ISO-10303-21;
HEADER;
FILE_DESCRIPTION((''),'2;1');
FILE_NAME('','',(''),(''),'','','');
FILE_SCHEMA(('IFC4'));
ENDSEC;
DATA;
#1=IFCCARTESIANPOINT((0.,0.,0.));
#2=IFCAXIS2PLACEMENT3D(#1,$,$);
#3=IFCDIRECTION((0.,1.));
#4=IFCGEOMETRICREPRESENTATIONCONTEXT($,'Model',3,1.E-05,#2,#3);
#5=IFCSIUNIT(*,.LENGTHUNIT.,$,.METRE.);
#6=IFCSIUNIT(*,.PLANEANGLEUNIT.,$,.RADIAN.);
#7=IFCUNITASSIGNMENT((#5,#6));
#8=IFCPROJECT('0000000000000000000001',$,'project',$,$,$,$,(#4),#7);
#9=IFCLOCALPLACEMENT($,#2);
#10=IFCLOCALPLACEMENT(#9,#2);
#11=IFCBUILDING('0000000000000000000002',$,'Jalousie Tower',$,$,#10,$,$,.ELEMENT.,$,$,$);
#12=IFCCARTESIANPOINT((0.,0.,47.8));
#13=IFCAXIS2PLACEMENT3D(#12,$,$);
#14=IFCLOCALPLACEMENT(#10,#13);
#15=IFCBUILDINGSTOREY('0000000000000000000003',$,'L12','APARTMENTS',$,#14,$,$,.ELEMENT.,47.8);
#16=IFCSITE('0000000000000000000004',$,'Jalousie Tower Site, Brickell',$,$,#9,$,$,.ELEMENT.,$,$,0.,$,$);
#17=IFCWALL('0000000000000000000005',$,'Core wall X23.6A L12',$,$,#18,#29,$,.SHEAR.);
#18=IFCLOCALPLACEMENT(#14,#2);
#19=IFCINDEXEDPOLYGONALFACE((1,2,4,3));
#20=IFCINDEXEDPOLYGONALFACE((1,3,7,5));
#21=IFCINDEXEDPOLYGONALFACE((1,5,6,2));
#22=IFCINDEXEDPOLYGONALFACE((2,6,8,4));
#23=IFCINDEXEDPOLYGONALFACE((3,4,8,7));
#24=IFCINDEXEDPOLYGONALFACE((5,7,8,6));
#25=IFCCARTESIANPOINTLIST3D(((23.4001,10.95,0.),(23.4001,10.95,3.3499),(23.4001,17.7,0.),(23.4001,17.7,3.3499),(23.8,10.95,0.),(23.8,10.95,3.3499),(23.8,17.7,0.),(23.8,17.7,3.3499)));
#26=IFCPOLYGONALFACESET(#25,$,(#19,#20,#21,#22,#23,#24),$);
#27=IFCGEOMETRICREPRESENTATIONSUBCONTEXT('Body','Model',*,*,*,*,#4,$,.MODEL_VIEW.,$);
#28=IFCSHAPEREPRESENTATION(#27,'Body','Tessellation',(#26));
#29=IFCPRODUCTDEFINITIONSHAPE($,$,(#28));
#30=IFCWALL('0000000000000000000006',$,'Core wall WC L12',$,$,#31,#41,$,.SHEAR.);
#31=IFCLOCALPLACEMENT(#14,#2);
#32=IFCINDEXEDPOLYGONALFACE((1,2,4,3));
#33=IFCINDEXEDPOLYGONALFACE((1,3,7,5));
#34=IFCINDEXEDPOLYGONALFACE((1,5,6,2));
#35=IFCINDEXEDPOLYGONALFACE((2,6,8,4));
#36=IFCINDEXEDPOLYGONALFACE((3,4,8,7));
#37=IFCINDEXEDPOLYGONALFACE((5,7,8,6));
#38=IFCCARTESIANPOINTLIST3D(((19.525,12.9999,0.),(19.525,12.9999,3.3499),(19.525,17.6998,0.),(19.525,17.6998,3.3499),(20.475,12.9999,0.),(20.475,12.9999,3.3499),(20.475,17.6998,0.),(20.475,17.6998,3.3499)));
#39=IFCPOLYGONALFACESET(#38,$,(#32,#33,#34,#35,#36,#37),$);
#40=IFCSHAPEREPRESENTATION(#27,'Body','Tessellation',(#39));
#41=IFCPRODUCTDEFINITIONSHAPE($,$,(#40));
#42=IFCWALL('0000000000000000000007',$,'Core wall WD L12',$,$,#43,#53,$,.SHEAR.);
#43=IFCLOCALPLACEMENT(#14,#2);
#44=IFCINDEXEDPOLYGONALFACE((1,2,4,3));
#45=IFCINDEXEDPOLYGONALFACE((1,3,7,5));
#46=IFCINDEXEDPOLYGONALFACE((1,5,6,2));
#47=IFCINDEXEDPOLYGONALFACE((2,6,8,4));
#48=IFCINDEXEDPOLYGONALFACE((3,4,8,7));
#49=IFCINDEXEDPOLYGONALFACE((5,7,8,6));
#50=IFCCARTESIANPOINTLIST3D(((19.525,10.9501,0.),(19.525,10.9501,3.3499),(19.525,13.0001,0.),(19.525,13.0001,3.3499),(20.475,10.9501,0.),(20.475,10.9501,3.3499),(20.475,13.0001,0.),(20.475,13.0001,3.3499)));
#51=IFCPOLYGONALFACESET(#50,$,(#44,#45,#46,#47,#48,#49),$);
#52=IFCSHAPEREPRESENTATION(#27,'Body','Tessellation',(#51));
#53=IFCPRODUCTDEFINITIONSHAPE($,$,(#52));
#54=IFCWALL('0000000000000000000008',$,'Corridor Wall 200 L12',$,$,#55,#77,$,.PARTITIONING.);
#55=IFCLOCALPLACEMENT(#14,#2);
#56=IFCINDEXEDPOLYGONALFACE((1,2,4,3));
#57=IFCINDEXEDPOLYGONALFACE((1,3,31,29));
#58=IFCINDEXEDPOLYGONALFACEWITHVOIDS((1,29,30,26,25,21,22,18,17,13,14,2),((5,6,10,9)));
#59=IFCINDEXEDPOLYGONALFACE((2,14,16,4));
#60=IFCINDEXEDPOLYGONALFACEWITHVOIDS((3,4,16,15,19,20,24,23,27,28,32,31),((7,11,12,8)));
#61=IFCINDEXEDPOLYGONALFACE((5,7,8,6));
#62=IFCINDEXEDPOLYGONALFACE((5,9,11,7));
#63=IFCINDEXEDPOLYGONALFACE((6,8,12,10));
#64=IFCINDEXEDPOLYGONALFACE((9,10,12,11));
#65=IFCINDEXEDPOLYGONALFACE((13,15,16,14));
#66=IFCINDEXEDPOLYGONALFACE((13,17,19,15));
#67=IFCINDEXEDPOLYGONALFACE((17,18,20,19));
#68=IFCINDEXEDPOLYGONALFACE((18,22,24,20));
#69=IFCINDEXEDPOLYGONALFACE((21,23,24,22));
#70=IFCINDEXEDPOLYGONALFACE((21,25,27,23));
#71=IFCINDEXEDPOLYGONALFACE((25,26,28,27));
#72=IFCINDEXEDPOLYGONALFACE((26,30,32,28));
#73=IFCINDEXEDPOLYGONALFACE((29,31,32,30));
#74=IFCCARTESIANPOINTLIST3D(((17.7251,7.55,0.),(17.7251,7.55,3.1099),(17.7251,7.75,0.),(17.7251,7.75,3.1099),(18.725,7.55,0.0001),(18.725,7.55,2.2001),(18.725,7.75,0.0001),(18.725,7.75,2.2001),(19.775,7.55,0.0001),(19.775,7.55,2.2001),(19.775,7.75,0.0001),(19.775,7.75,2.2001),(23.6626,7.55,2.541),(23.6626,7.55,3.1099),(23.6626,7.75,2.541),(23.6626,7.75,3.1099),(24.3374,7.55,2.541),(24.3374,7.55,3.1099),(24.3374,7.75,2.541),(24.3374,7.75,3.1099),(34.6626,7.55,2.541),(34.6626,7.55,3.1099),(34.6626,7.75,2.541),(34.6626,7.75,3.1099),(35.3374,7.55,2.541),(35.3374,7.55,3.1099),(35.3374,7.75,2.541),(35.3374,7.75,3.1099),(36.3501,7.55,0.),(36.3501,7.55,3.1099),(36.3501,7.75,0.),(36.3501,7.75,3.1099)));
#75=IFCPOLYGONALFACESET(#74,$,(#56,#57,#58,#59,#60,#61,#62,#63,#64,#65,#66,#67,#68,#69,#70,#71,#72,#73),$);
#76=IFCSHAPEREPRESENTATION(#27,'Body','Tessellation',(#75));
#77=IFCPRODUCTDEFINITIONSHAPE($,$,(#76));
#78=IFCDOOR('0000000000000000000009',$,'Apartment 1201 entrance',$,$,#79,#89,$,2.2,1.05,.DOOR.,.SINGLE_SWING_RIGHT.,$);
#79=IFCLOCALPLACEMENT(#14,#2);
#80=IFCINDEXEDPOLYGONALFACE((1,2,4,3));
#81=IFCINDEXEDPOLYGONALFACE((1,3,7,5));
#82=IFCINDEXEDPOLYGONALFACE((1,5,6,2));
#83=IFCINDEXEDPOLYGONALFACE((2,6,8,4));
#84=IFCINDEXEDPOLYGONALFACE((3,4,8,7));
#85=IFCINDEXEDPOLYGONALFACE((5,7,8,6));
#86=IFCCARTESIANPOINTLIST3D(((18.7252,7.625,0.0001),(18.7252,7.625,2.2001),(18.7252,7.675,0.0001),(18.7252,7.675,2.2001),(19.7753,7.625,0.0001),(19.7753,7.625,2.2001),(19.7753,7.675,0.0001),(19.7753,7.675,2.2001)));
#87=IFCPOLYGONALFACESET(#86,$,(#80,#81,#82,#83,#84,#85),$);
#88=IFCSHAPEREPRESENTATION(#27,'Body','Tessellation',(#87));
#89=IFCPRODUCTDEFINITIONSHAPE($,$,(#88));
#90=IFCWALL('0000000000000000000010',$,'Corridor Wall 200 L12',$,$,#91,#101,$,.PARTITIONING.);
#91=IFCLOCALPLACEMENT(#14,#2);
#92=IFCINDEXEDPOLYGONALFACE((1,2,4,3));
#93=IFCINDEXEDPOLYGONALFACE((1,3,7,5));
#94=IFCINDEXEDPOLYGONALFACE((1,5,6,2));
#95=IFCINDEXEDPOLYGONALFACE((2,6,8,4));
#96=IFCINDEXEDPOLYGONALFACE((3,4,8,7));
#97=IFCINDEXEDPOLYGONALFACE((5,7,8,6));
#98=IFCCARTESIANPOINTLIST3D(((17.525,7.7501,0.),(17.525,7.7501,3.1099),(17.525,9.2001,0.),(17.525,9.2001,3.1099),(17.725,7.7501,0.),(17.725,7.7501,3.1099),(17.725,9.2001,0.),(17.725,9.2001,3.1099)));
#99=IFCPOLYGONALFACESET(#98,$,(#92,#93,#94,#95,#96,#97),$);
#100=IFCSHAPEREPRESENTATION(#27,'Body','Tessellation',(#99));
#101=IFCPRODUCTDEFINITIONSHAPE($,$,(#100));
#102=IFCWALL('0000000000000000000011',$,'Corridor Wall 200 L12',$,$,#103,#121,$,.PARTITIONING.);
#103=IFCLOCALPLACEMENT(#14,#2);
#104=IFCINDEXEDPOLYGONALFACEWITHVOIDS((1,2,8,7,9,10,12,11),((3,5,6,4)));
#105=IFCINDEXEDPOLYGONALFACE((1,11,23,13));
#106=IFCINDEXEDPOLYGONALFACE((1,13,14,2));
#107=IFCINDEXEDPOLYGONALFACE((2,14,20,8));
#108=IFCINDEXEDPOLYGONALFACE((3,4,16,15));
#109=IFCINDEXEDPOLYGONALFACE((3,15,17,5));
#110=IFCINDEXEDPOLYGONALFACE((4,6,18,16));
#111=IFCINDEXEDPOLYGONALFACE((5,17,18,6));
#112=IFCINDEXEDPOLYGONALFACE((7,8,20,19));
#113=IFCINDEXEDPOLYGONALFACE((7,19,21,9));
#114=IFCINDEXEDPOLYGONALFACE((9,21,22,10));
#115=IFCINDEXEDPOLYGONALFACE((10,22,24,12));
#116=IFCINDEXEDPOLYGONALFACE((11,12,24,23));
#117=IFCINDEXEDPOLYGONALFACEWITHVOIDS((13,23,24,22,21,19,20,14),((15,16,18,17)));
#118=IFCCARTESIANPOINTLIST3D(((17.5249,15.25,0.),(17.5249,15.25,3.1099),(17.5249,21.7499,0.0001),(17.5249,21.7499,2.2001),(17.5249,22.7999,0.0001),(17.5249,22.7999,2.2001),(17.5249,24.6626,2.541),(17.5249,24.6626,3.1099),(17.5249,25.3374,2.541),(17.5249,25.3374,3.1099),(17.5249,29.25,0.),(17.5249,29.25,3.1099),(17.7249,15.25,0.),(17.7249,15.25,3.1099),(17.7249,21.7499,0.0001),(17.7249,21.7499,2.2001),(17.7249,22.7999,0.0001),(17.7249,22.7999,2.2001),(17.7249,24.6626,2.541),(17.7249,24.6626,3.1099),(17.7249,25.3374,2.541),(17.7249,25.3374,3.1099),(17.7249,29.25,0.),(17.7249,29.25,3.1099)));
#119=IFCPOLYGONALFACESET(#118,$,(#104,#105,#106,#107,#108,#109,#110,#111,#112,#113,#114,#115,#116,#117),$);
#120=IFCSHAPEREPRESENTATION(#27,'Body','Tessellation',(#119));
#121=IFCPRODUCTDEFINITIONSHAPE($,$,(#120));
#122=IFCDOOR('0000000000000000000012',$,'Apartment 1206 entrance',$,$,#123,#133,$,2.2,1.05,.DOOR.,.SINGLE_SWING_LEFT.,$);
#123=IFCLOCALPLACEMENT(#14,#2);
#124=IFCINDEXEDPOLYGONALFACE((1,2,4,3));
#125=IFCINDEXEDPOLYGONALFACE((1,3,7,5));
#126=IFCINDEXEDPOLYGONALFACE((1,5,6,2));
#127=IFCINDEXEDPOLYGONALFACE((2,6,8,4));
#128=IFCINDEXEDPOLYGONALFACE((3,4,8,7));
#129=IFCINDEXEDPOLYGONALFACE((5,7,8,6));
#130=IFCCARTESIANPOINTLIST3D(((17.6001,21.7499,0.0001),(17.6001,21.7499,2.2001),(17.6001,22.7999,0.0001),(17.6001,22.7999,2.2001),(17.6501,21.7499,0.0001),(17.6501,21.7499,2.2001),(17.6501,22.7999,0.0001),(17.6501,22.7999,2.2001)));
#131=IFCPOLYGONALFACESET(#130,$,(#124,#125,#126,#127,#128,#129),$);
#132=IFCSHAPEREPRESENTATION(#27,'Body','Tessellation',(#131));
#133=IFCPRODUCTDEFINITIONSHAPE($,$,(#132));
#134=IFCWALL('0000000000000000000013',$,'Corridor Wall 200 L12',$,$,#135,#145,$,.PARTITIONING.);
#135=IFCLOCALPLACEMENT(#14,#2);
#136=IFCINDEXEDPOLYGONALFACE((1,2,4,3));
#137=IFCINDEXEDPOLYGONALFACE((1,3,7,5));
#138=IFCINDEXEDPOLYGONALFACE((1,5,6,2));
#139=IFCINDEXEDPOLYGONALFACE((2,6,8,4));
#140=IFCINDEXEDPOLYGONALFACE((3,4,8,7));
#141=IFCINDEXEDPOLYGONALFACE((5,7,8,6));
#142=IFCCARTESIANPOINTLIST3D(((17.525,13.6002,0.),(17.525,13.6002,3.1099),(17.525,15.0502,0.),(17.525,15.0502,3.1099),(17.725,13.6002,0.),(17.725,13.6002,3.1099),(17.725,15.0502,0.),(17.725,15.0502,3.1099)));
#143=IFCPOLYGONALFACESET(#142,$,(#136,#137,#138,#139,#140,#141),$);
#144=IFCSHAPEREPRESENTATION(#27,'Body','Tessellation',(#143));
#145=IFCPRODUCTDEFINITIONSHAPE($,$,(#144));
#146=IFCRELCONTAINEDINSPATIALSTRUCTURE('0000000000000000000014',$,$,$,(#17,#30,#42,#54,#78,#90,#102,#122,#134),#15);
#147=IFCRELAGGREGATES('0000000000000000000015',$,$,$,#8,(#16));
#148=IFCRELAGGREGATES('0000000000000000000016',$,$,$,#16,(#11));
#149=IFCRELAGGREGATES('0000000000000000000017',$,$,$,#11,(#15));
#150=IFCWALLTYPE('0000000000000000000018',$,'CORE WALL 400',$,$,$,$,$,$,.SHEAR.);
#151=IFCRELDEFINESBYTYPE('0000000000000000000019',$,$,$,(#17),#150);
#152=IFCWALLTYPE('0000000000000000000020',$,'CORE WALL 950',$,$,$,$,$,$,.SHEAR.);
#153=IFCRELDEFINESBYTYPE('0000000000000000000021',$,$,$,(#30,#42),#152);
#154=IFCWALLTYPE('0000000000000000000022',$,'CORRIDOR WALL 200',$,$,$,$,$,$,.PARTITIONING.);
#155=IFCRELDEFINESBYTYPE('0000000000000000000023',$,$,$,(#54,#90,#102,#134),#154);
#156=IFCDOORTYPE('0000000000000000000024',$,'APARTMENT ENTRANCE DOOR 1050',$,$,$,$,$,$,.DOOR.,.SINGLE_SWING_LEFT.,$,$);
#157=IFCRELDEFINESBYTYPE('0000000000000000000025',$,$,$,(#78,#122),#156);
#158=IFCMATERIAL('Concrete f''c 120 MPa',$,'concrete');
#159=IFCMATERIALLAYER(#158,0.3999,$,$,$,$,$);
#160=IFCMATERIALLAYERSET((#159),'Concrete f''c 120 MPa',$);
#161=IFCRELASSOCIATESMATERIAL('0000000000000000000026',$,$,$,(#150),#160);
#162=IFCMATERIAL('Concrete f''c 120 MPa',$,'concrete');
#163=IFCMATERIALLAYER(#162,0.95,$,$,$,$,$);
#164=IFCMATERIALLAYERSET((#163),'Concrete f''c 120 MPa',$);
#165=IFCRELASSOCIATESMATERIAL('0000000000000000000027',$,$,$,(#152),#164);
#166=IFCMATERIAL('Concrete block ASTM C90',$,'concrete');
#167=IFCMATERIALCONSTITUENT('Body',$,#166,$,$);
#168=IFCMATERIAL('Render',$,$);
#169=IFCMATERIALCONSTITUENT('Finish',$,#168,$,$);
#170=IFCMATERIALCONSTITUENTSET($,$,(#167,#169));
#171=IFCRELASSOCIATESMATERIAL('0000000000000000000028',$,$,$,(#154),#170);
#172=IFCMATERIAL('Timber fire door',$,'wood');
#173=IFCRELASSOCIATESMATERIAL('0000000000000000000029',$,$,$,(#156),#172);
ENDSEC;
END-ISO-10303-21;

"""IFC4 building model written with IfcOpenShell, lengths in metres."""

from ifc_helpers import new_model, si_unit, direction, frame, frame_2d, origin, place, context, subcontext, project, spatial, polyline, rectangle, outline, extrude, material, layer, layer_set, constituent, constituent_set, type_object, element, fill, save


model = new_model("IFC4")

# Units and contexts
model_context = context("Model", 3, precision=1e-05, world=origin(), true_north=direction((0.0, 1.0)))
body_context = subcontext(model_context, "Body", "Model", "MODEL_VIEW")
ifc_project = project(units=[si_unit("LENGTHUNIT", "METRE"), si_unit("PLANEANGLEUNIT", "RADIAN")], contexts=[model_context])

# Site, building, storey
site_placement = place(None, origin())
site = spatial("IfcSite", under=ifc_project, at=site_placement, Name="Jalousie Tower Site, Brickell", CompositionType="ELEMENT", RefElevation=0.0)
building_placement = place(site_placement, origin())
building = spatial("IfcBuilding", under=site, at=building_placement, Name="Jalousie Tower", CompositionType="ELEMENT")
storey_placement = place(building_placement, frame((0.0, 0.0, 47.8)))
storey = spatial("IfcBuildingStorey", under=building, at=storey_placement, Name="L12", Description="APARTMENTS", CompositionType="ELEMENT", Elevation=47.8)

# Walls
ifc_material_1 = material(Name="Concrete f'c 120 MPa", Category="concrete")
ifc_layer_1 = layer(ifc_material_1, 0.3999)
ifc_layer_set_1 = layer_set([ifc_layer_1], Name="Concrete f'c 120 MPa")
wall_type_1 = type_object("IfcWallType", Name="CORE WALL 400", PredefinedType="SHEAR", material=ifc_layer_set_1)
wall_1_placement = place(storey_placement, frame((23.6001, 10.95, 0.0), z_axis=(0.0, 0.0, 1.0), x_axis=(0.0, 1.0, 0.0)))
element("IfcWall", 1, at=wall_1_placement, inside=storey, type_object=wall_type_1, Name="Core wall X23.6A L12", PredefinedType="SHEAR", context=body_context, shape_type="SweptSolid", body=[
    extrude(rectangle(XDim=6.75, YDim=0.3999, at=frame_2d((3.375, 0.0))), origin(), (0.0, 0.0, 1.0), 3.3499),
])
ifc_material_2 = material(Name="Concrete f'c 120 MPa", Category="concrete")
ifc_layer_2 = layer(ifc_material_2, 0.95)
ifc_layer_set_2 = layer_set([ifc_layer_2], Name="Concrete f'c 120 MPa")
wall_type_2 = type_object("IfcWallType", Name="CORE WALL 950", PredefinedType="SHEAR", material=ifc_layer_set_2)
wall_2_placement = place(storey_placement, frame((20.0, 17.7, 0.0), z_axis=(0.0, 0.0, 1.0), x_axis=(0.0, -1.0, 0.0)))
element("IfcWall", 2, at=wall_2_placement, inside=storey, type_object=wall_type_2, Name="Core wall WC L12", PredefinedType="SHEAR", context=body_context, shape_type="SweptSolid", body=[
    extrude(rectangle(XDim=4.7, YDim=0.95, at=frame_2d((2.3501, 0.0))), origin(), (0.0, 0.0, 1.0), 3.3499),
])
wall_3_placement = place(storey_placement, frame((20.0, 13.0, 0.0), z_axis=(0.0, 0.0, 1.0), x_axis=(0.0, -1.0, 0.0)))
element("IfcWall", 3, at=wall_3_placement, inside=storey, type_object=wall_type_2, Name="Core wall WD L12", PredefinedType="SHEAR", context=body_context, shape_type="SweptSolid", body=[
    extrude(rectangle(XDim=2.05, YDim=0.95, at=frame_2d((1.0249, 0.0))), origin(), (0.0, 0.0, 1.0), 3.3499),
])

# Wall, opening, door
ifc_material_3 = material(Name="Concrete block ASTM C90", Category="concrete")
ifc_constituent_1 = constituent(ifc_material_3, Name="Body")
ifc_material_4 = material(Name="Render")
ifc_constituent_2 = constituent(ifc_material_4, Name="Finish")
ifc_constituent_set_1 = constituent_set(constituents=[ifc_constituent_1, ifc_constituent_2])
wall_type_3 = type_object("IfcWallType", Name="CORRIDOR WALL 200", PredefinedType="PARTITIONING", material=ifc_constituent_set_1)
wall_4_placement = place(storey_placement, frame((17.7251, 7.6499, 0.0), z_axis=(0.0, 0.0, 1.0), x_axis=(1.0, 0.0, 0.0)))
wall_4 = element("IfcWall", 4, at=wall_4_placement, inside=storey, type_object=wall_type_3, Name="Corridor Wall 200 L12", PredefinedType="PARTITIONING", context=body_context, shape_type="SweptSolid", body=[
    extrude(outline(polyline([(0.0, 0.0), (18.625, 0.0), (18.625, 3.1099), (17.6123, 3.1099), (17.6123, 2.541), (16.9375, 2.541), (16.9375, 3.1099), (6.6123, 3.1099), (6.6123, 2.541), (5.9375, 2.541), (5.9375, 3.1099), (0.0, 3.1099), (0.0, 0.0)])), frame((0.0, 0.1001, 0.0), z_axis=(0.0, -1.0, 0.0), x_axis=(1.0, 0.0, 0.0)), (0.0, 0.0, 1.0), 0.2),
])
opening_1_placement = place(wall_4_placement, frame((1.0, 0.0, 0.0)))
opening_1 = element("IfcOpeningElement", 5, at=opening_1_placement, cuts=wall_4, PredefinedType="OPENING", context=body_context, shape_type="SweptSolid", body=[
    extrude(rectangle(XDim=1.05, YDim=2.2, at=frame_2d((0.5249, 1.1001))), frame((0.0, 0.1099, 0.0), z_axis=(0.0, -1.0, 0.0), x_axis=(1.0, 0.0, 0.0)), (0.0, 0.0, 1.0), 0.22),
])
ifc_material_5 = material(Name="Timber fire door", Category="wood")
door_type_1 = type_object("IfcDoorType", Name="APARTMENT ENTRANCE DOOR 1050", OperationType="SINGLE_SWING_LEFT", PredefinedType="DOOR", material=ifc_material_5)
door_1_placement = place(opening_1_placement, frame((1.05, 0.0, 0.0), z_axis=(0.0, 0.0, 1.0), x_axis=(-1.0, 0.0, 0.0)))
door_1 = element("IfcDoor", 6, at=door_1_placement, inside=storey, type_object=door_type_1, Name="Apartment 1201 entrance", OperationType="SINGLE_SWING_RIGHT", OverallHeight=2.2, OverallWidth=1.05, PredefinedType="DOOR", context=body_context, shape_type="SweptSolid", body=[
    extrude(rectangle(XDim=1.05, YDim=2.2, at=frame_2d((0.5249, 1.1001))), frame((0.0, 0.0249, 0.0), z_axis=(0.0, -1.0, 0.0), x_axis=(1.0, 0.0, 0.0)), (0.0, 0.0, 1.0), 0.05),
])
fill(opening_1, door_1)

# Wall
wall_5_placement = place(storey_placement, frame((17.625, 7.75, 0.0), z_axis=(0.0, 0.0, 1.0), x_axis=(0.0, 1.0, 0.0)))
element("IfcWall", 7, at=wall_5_placement, inside=storey, type_object=wall_type_3, Name="Corridor Wall 200 L12", PredefinedType="PARTITIONING", context=body_context, shape_type="SweptSolid", body=[
    extrude(rectangle(XDim=1.45, YDim=0.2, at=frame_2d((0.7251, 0.0))), origin(), (0.0, 0.0, 1.0), 3.1099),
])

# Wall, opening, door
wall_6_placement = place(storey_placement, frame((17.625, 15.25, 0.0), z_axis=(0.0, 0.0, 1.0), x_axis=(0.0, 1.0, 0.0)))
wall_6 = element("IfcWall", 8, at=wall_6_placement, inside=storey, type_object=wall_type_3, Name="Corridor Wall 200 L12", PredefinedType="PARTITIONING", context=body_context, shape_type="SweptSolid", body=[
    extrude(outline(polyline([(0.0, 0.0), (14.0, 0.0), (14.0, 3.1099), (10.0874, 3.1099), (10.0874, 2.541), (9.4126, 2.541), (9.4126, 3.1099), (0.0, 3.1099), (0.0, 0.0)])), frame((0.0, 0.1001, 0.0), z_axis=(0.0, -1.0, 0.0), x_axis=(1.0, 0.0, 0.0)), (0.0, 0.0, 1.0), 0.2),
])
opening_2_placement = place(wall_6_placement, frame((6.5, 0.0, 0.0)))
opening_2 = element("IfcOpeningElement", 9, at=opening_2_placement, cuts=wall_6, PredefinedType="OPENING", context=body_context, shape_type="SweptSolid", body=[
    extrude(rectangle(XDim=1.05, YDim=2.2, at=frame_2d((0.5249, 1.1001))), frame((0.0, 0.1099, 0.0), z_axis=(0.0, -1.0, 0.0), x_axis=(1.0, 0.0, 0.0)), (0.0, 0.0, 1.0), 0.22),
])
door_2_placement = place(opening_2_placement, origin())
door_2 = element("IfcDoor", 10, at=door_2_placement, inside=storey, type_object=door_type_1, Name="Apartment 1206 entrance", OperationType="SINGLE_SWING_LEFT", OverallHeight=2.2, OverallWidth=1.05, PredefinedType="DOOR", context=body_context, shape_type="SweptSolid", body=[
    extrude(rectangle(XDim=1.05, YDim=2.2, at=frame_2d((0.5249, 1.1001))), frame((0.0, 0.0249, 0.0), z_axis=(0.0, -1.0, 0.0), x_axis=(1.0, 0.0, 0.0)), (0.0, 0.0, 1.0), 0.05),
])
fill(opening_2, door_2)

# Wall
wall_7_placement = place(storey_placement, frame((17.625, 13.6001, 0.0), z_axis=(0.0, 0.0, 1.0), x_axis=(0.0, 1.0, 0.0)))
element("IfcWall", 11, at=wall_7_placement, inside=storey, type_object=wall_type_3, Name="Corridor Wall 200 L12", PredefinedType="PARTITIONING", context=body_context, shape_type="SweptSolid", body=[
    extrude(rectangle(XDim=1.45, YDim=0.2, at=frame_2d((0.7251, 0.0))), origin(), (0.0, 0.0, 1.0), 3.1099),
])

save(model, "model.ifc")
